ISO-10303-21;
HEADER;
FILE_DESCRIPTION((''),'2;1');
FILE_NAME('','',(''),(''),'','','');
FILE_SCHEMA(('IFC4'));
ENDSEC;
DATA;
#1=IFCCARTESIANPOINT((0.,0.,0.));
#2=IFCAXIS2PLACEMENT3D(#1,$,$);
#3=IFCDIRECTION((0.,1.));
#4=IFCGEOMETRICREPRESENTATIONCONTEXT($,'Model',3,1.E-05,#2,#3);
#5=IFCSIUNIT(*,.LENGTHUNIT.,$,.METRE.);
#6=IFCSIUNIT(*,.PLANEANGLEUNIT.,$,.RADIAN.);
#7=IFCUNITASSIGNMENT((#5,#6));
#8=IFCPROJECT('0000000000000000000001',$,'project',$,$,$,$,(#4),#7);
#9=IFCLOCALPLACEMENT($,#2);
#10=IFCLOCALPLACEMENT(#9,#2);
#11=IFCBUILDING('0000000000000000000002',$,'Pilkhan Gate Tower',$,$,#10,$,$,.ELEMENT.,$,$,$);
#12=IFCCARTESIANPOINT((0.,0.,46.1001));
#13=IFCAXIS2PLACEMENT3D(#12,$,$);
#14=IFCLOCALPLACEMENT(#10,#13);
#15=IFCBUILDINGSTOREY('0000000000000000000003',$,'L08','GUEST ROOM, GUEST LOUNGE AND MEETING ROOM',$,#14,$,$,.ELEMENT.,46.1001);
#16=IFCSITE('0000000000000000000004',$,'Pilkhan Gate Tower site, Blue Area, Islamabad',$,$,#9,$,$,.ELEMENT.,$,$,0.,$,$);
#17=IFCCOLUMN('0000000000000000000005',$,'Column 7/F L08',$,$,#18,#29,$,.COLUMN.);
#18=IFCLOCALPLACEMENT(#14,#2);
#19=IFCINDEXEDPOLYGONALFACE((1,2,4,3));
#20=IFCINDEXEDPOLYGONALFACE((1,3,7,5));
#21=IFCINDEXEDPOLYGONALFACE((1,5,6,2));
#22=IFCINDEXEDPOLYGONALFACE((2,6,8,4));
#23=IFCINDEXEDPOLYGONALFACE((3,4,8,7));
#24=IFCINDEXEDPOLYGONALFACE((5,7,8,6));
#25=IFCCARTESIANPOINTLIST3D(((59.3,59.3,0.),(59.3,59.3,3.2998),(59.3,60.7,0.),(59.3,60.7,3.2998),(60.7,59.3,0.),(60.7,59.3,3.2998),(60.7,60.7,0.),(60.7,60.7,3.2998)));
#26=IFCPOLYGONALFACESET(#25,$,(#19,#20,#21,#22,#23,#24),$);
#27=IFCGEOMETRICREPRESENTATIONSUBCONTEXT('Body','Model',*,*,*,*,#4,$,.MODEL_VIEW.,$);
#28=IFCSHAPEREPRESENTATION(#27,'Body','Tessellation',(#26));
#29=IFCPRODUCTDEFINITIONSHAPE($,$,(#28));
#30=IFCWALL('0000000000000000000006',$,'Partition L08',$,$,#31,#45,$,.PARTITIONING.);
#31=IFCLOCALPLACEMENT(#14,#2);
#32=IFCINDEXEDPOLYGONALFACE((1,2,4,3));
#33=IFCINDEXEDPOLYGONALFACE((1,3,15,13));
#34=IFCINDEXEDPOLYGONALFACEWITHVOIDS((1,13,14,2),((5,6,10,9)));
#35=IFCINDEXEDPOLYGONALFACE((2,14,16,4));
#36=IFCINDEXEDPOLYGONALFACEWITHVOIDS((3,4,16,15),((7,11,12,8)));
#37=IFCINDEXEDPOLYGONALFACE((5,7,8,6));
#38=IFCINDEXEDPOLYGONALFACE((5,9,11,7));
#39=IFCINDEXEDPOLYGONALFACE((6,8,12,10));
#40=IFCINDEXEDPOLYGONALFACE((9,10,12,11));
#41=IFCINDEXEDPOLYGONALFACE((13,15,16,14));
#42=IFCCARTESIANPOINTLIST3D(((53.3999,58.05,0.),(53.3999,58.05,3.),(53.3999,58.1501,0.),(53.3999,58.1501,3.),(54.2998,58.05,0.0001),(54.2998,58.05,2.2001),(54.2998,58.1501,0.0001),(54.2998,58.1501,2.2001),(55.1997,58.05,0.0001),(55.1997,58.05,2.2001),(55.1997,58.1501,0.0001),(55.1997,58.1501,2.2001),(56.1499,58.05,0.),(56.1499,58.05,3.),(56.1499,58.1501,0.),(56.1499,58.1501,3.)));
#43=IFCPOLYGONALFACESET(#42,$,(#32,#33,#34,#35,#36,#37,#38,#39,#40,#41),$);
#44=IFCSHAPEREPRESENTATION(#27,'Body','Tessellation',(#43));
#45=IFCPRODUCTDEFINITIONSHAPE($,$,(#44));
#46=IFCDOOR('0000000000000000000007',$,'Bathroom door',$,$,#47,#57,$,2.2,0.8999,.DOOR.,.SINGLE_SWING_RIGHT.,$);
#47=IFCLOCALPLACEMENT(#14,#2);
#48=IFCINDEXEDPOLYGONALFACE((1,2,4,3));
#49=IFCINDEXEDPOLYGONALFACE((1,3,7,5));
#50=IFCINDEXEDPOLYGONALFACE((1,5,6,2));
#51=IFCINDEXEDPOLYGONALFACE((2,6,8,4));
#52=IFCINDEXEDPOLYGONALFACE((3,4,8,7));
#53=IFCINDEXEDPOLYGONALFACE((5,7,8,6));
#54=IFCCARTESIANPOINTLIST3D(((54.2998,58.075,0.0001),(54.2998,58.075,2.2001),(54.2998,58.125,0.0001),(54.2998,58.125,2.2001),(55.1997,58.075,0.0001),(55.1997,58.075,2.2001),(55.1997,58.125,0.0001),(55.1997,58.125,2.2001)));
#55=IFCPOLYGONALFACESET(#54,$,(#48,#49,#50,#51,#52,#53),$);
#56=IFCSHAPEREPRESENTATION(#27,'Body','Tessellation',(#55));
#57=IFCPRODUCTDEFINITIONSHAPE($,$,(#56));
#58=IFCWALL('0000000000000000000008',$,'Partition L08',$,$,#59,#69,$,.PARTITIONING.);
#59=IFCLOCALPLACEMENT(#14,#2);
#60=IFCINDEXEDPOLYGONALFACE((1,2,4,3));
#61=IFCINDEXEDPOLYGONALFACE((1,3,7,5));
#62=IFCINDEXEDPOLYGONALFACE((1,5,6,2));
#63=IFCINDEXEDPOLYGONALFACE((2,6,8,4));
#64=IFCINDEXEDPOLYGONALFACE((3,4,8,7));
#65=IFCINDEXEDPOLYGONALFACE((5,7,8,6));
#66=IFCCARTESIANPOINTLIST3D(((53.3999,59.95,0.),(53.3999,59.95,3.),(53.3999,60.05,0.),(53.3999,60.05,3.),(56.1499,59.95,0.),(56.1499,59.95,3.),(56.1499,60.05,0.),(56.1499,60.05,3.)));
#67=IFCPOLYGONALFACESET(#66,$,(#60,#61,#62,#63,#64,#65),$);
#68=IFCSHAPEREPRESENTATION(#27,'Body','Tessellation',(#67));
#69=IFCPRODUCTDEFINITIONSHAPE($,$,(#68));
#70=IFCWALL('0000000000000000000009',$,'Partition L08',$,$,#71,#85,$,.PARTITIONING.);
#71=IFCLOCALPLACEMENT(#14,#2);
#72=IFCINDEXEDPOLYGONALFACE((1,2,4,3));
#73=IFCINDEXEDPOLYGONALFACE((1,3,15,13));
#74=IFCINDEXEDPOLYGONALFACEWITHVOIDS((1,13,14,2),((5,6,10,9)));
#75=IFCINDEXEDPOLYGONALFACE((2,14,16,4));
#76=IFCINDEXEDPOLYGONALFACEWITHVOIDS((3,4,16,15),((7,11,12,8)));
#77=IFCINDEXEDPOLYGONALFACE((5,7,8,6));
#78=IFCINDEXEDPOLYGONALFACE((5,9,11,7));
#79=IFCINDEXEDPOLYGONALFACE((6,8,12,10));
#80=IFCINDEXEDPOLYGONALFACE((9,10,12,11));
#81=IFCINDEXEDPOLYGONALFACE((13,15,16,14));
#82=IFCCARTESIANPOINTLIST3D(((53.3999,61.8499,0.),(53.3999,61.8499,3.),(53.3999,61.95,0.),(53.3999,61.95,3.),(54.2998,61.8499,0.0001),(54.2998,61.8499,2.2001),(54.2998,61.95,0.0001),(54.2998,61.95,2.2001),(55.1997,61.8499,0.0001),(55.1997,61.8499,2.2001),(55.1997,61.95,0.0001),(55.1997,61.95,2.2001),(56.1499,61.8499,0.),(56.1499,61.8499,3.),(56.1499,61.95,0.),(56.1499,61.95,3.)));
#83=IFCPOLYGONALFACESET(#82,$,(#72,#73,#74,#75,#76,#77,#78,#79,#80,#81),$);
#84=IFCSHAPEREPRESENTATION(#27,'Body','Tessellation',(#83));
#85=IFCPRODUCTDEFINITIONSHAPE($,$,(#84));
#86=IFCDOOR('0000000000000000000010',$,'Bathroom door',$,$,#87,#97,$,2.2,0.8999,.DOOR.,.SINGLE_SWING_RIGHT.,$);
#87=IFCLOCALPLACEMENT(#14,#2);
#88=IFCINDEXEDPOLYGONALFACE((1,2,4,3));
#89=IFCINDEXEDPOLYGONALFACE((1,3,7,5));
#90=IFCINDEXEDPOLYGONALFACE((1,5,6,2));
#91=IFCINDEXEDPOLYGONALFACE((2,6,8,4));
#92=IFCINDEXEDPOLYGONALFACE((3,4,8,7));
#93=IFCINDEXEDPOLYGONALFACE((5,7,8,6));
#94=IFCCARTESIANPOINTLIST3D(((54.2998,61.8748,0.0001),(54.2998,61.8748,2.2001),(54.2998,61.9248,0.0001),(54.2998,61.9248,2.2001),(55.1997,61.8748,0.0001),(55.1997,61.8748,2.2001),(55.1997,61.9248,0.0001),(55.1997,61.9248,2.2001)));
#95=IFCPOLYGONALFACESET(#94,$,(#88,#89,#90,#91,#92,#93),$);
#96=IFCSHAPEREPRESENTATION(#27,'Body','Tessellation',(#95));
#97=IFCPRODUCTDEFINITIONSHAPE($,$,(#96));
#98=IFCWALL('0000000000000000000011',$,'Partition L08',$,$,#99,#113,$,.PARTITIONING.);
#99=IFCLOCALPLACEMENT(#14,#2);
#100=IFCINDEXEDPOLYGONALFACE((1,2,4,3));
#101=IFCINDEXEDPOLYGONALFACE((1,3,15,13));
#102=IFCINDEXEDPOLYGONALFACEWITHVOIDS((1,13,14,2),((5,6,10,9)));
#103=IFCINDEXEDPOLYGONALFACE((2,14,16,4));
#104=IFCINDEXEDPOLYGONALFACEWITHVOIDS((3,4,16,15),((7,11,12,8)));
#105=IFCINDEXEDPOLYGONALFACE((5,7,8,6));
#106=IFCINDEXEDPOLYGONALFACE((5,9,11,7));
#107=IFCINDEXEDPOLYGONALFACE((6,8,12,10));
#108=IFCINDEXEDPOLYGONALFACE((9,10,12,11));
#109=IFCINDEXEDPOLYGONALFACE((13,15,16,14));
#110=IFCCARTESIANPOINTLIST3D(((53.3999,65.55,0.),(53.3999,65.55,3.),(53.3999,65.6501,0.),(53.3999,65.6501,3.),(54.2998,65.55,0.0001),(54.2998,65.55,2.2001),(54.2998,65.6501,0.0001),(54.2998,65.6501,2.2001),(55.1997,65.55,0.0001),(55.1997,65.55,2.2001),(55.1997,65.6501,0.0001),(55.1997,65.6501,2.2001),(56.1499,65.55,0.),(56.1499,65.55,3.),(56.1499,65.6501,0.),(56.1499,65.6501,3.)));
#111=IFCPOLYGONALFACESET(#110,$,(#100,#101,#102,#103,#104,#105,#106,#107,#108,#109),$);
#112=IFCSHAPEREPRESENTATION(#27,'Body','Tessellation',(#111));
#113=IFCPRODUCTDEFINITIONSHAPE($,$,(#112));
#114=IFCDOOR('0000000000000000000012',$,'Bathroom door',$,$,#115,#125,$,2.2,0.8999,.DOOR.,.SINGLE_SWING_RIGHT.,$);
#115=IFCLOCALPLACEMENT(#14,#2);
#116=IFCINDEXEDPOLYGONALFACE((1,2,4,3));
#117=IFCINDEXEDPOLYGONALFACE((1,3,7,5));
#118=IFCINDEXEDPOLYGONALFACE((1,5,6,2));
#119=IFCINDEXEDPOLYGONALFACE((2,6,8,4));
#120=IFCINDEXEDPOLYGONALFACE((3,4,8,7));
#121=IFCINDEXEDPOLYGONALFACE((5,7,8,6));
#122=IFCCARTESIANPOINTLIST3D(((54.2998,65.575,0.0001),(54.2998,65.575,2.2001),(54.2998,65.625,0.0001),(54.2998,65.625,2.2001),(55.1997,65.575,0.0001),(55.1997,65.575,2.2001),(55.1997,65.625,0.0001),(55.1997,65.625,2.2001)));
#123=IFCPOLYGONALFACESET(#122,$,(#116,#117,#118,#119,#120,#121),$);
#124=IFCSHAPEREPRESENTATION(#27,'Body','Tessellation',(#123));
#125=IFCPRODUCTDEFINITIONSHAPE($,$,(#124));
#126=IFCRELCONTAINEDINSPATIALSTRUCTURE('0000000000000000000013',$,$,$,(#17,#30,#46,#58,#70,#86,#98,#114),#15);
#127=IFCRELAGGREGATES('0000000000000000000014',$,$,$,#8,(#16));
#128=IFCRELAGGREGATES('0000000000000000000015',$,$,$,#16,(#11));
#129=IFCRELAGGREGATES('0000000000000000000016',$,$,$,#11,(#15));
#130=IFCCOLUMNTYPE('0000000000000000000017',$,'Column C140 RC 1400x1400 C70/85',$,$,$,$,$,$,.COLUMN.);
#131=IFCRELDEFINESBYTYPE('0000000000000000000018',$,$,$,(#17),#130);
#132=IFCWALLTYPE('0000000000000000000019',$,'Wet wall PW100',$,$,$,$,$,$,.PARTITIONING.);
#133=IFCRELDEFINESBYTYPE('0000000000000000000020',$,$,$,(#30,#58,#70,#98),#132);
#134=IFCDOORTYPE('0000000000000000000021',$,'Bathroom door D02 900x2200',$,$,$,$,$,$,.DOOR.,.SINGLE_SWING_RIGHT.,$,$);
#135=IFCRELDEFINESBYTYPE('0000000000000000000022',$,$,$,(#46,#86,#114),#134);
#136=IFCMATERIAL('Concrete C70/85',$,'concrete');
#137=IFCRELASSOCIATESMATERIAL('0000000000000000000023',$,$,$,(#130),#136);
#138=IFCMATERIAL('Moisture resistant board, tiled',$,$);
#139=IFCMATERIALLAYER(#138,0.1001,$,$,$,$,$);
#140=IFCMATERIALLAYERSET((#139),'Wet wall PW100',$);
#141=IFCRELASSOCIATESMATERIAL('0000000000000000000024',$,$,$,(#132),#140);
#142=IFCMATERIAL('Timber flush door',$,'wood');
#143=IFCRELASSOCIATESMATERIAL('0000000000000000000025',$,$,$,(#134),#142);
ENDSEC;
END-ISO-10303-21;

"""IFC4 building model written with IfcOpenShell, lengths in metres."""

from ifc_helpers import new_model, si_unit, direction, frame, frame_2d, origin, origin_2d, place, context, subcontext, project, spatial, rectangle, extrude, material, layer, layer_set, material_profile, profile_set, type_object, element, fill, save


model = new_model("IFC4")

# Units and contexts
model_context = context("Model", 3, precision=1e-05, world=origin(), true_north=direction((0.0, 1.0)))
body_context = subcontext(model_context, "Body", "Model", "MODEL_VIEW")
ifc_project = project(units=[si_unit("LENGTHUNIT", "METRE"), si_unit("PLANEANGLEUNIT", "RADIAN")], contexts=[model_context])

# Site, building, storey
site_placement = place(None, origin())
site = spatial("IfcSite", under=ifc_project, at=site_placement, Name="Pilkhan Gate Tower site, Blue Area, Islamabad", CompositionType="ELEMENT", RefElevation=0.0)
building_placement = place(site_placement, origin())
building = spatial("IfcBuilding", under=site, at=building_placement, Name="Pilkhan Gate Tower", CompositionType="ELEMENT")
storey_placement = place(building_placement, frame((0.0, 0.0, 46.1001)))
storey = spatial("IfcBuildingStorey", under=building, at=storey_placement, Name="L08", Description="GUEST ROOM, GUEST LOUNGE AND MEETING ROOM", CompositionType="ELEMENT", Elevation=46.1001)

# Column
ifc_material_1 = material(Name="Concrete C70/85", Category="concrete")
ifc_material_profile = material_profile(ifc_material_1, rectangle(XDim=1.3999, YDim=1.3999, at=origin_2d()), Name="RC 1400x1400")
ifc_profile_set = profile_set([ifc_material_profile], Name="Concrete C70/85")
column_type = type_object("IfcColumnType", Name="Column C140 RC 1400x1400 C70/85", PredefinedType="COLUMN", material=ifc_profile_set)
column_placement = place(storey_placement, frame((60.0, 60.0, 0.0), z_axis=(0.0, 0.0, 1.0), x_axis=(1.0, 0.0, 0.0)))
element("IfcColumn", 1, at=column_placement, inside=storey, type_object=column_type, Name="Column 7/F L08", PredefinedType="COLUMN", context=body_context, shape_type="SweptSolid", body=[
    extrude(rectangle(XDim=1.3999, YDim=1.3999, at=origin_2d()), origin(), (0.0, 0.0, 1.0), 3.2998),
])

# Wall, opening, door
ifc_material_2 = material(Name="Moisture resistant board, tiled")
ifc_layer = layer(ifc_material_2, 0.1001)
ifc_layer_set = layer_set([ifc_layer], Name="Wet wall PW100")
wall_type = type_object("IfcWallType", Name="Wet wall PW100", PredefinedType="PARTITIONING", material=ifc_layer_set)
wall_1_placement = place(storey_placement, frame((53.3999, 58.1001, 0.0), z_axis=(0.0, 0.0, 1.0), x_axis=(1.0, 0.0, 0.0)))
wall_1 = element("IfcWall", 2, at=wall_1_placement, inside=storey, type_object=wall_type, Name="Partition L08", PredefinedType="PARTITIONING", context=body_context, shape_type="SweptSolid", body=[
    extrude(rectangle(XDim=2.75, YDim=0.1001, at=frame_2d((1.375, 0.0))), origin(), (0.0, 0.0, 1.0), 3.0),
])
opening_1_placement = place(wall_1_placement, frame((0.8999, 0.0, 0.0)))
opening_1 = element("IfcOpeningElement", 3, at=opening_1_placement, cuts=wall_1, PredefinedType="OPENING", context=body_context, shape_type="SweptSolid", body=[
    extrude(rectangle(XDim=0.8999, YDim=2.2, at=frame_2d((0.45, 1.1001))), frame((0.0, 0.0601, 0.0), z_axis=(0.0, -1.0, 0.0), x_axis=(1.0, 0.0, 0.0)), (0.0, 0.0, 1.0), 0.1201),
])
ifc_material_3 = material(Name="Timber flush door", Category="wood")
door_type = type_object("IfcDoorType", Name="Bathroom door D02 900x2200", OperationType="SINGLE_SWING_RIGHT", PredefinedType="DOOR", material=ifc_material_3)
door_1_placement = place(opening_1_placement, origin())
door_1 = element("IfcDoor", 4, at=door_1_placement, inside=storey, type_object=door_type, Name="Bathroom door", OperationType="SINGLE_SWING_RIGHT", OverallHeight=2.2, OverallWidth=0.8999, PredefinedType="DOOR", context=body_context, shape_type="SweptSolid", body=[
    extrude(rectangle(XDim=0.8999, YDim=2.2, at=frame_2d((0.45, 1.1001))), frame((0.0, 0.0249, 0.0), z_axis=(0.0, -1.0, 0.0), x_axis=(1.0, 0.0, 0.0)), (0.0, 0.0, 1.0), 0.05),
])
fill(opening_1, door_1)

# Wall
wall_2_placement = place(storey_placement, frame((53.3999, 60.0, 0.0), z_axis=(0.0, 0.0, 1.0), x_axis=(1.0, 0.0, 0.0)))
element("IfcWall", 5, at=wall_2_placement, inside=storey, type_object=wall_type, Name="Partition L08", PredefinedType="PARTITIONING", context=body_context, shape_type="SweptSolid", body=[
    extrude(rectangle(XDim=2.75, YDim=0.1001, at=frame_2d((1.375, 0.0))), origin(), (0.0, 0.0, 1.0), 3.0),
])

# Walls, openings, doors
wall_3_placement = place(storey_placement, frame((53.3999, 61.8999, 0.0), z_axis=(0.0, 0.0, 1.0), x_axis=(1.0, 0.0, 0.0)))
wall_3 = element("IfcWall", 6, at=wall_3_placement, inside=storey, type_object=wall_type, Name="Partition L08", PredefinedType="PARTITIONING", context=body_context, shape_type="SweptSolid", body=[
    extrude(rectangle(XDim=2.75, YDim=0.1001, at=frame_2d((1.375, 0.0))), origin(), (0.0, 0.0, 1.0), 3.0),
])
opening_2_placement = place(wall_3_placement, frame((0.8999, 0.0, 0.0)))
opening_2 = element("IfcOpeningElement", 7, at=opening_2_placement, cuts=wall_3, PredefinedType="OPENING", context=body_context, shape_type="SweptSolid", body=[
    extrude(rectangle(XDim=0.8999, YDim=2.2, at=frame_2d((0.45, 1.1001))), frame((0.0, 0.0601, 0.0), z_axis=(0.0, -1.0, 0.0), x_axis=(1.0, 0.0, 0.0)), (0.0, 0.0, 1.0), 0.1201),
])
door_2_placement = place(opening_2_placement, origin())
door_2 = element("IfcDoor", 8, at=door_2_placement, inside=storey, type_object=door_type, Name="Bathroom door", OperationType="SINGLE_SWING_RIGHT", OverallHeight=2.2, OverallWidth=0.8999, PredefinedType="DOOR", context=body_context, shape_type="SweptSolid", body=[
    extrude(rectangle(XDim=0.8999, YDim=2.2, at=frame_2d((0.45, 1.1001))), frame((0.0, 0.0249, 0.0), z_axis=(0.0, -1.0, 0.0), x_axis=(1.0, 0.0, 0.0)), (0.0, 0.0, 1.0), 0.05),
])
fill(opening_2, door_2)
wall_4_placement = place(storey_placement, frame((53.3999, 65.6001, 0.0), z_axis=(0.0, 0.0, 1.0), x_axis=(1.0, 0.0, 0.0)))
wall_4 = element("IfcWall", 9, at=wall_4_placement, inside=storey, type_object=wall_type, Name="Partition L08", PredefinedType="PARTITIONING", context=body_context, shape_type="SweptSolid", body=[
    extrude(rectangle(XDim=2.75, YDim=0.1001, at=frame_2d((1.375, 0.0))), origin(), (0.0, 0.0, 1.0), 3.0),
])
opening_3_placement = place(wall_4_placement, frame((0.8999, 0.0, 0.0)))
opening_3 = element("IfcOpeningElement", 10, at=opening_3_placement, cuts=wall_4, PredefinedType="OPENING", context=body_context, shape_type="SweptSolid", body=[
    extrude(rectangle(XDim=0.8999, YDim=2.2, at=frame_2d((0.45, 1.1001))), frame((0.0, 0.0601, 0.0), z_axis=(0.0, -1.0, 0.0), x_axis=(1.0, 0.0, 0.0)), (0.0, 0.0, 1.0), 0.1201),
])
door_3_placement = place(opening_3_placement, origin())
door_3 = element("IfcDoor", 11, at=door_3_placement, inside=storey, type_object=door_type, Name="Bathroom door", OperationType="SINGLE_SWING_RIGHT", OverallHeight=2.2, OverallWidth=0.8999, PredefinedType="DOOR", context=body_context, shape_type="SweptSolid", body=[
    extrude(rectangle(XDim=0.8999, YDim=2.2, at=frame_2d((0.45, 1.1001))), frame((0.0, 0.0249, 0.0), z_axis=(0.0, -1.0, 0.0), x_axis=(1.0, 0.0, 0.0)), (0.0, 0.0, 1.0), 0.05),
])
fill(opening_3, door_3)

save(model, "model.ifc")
